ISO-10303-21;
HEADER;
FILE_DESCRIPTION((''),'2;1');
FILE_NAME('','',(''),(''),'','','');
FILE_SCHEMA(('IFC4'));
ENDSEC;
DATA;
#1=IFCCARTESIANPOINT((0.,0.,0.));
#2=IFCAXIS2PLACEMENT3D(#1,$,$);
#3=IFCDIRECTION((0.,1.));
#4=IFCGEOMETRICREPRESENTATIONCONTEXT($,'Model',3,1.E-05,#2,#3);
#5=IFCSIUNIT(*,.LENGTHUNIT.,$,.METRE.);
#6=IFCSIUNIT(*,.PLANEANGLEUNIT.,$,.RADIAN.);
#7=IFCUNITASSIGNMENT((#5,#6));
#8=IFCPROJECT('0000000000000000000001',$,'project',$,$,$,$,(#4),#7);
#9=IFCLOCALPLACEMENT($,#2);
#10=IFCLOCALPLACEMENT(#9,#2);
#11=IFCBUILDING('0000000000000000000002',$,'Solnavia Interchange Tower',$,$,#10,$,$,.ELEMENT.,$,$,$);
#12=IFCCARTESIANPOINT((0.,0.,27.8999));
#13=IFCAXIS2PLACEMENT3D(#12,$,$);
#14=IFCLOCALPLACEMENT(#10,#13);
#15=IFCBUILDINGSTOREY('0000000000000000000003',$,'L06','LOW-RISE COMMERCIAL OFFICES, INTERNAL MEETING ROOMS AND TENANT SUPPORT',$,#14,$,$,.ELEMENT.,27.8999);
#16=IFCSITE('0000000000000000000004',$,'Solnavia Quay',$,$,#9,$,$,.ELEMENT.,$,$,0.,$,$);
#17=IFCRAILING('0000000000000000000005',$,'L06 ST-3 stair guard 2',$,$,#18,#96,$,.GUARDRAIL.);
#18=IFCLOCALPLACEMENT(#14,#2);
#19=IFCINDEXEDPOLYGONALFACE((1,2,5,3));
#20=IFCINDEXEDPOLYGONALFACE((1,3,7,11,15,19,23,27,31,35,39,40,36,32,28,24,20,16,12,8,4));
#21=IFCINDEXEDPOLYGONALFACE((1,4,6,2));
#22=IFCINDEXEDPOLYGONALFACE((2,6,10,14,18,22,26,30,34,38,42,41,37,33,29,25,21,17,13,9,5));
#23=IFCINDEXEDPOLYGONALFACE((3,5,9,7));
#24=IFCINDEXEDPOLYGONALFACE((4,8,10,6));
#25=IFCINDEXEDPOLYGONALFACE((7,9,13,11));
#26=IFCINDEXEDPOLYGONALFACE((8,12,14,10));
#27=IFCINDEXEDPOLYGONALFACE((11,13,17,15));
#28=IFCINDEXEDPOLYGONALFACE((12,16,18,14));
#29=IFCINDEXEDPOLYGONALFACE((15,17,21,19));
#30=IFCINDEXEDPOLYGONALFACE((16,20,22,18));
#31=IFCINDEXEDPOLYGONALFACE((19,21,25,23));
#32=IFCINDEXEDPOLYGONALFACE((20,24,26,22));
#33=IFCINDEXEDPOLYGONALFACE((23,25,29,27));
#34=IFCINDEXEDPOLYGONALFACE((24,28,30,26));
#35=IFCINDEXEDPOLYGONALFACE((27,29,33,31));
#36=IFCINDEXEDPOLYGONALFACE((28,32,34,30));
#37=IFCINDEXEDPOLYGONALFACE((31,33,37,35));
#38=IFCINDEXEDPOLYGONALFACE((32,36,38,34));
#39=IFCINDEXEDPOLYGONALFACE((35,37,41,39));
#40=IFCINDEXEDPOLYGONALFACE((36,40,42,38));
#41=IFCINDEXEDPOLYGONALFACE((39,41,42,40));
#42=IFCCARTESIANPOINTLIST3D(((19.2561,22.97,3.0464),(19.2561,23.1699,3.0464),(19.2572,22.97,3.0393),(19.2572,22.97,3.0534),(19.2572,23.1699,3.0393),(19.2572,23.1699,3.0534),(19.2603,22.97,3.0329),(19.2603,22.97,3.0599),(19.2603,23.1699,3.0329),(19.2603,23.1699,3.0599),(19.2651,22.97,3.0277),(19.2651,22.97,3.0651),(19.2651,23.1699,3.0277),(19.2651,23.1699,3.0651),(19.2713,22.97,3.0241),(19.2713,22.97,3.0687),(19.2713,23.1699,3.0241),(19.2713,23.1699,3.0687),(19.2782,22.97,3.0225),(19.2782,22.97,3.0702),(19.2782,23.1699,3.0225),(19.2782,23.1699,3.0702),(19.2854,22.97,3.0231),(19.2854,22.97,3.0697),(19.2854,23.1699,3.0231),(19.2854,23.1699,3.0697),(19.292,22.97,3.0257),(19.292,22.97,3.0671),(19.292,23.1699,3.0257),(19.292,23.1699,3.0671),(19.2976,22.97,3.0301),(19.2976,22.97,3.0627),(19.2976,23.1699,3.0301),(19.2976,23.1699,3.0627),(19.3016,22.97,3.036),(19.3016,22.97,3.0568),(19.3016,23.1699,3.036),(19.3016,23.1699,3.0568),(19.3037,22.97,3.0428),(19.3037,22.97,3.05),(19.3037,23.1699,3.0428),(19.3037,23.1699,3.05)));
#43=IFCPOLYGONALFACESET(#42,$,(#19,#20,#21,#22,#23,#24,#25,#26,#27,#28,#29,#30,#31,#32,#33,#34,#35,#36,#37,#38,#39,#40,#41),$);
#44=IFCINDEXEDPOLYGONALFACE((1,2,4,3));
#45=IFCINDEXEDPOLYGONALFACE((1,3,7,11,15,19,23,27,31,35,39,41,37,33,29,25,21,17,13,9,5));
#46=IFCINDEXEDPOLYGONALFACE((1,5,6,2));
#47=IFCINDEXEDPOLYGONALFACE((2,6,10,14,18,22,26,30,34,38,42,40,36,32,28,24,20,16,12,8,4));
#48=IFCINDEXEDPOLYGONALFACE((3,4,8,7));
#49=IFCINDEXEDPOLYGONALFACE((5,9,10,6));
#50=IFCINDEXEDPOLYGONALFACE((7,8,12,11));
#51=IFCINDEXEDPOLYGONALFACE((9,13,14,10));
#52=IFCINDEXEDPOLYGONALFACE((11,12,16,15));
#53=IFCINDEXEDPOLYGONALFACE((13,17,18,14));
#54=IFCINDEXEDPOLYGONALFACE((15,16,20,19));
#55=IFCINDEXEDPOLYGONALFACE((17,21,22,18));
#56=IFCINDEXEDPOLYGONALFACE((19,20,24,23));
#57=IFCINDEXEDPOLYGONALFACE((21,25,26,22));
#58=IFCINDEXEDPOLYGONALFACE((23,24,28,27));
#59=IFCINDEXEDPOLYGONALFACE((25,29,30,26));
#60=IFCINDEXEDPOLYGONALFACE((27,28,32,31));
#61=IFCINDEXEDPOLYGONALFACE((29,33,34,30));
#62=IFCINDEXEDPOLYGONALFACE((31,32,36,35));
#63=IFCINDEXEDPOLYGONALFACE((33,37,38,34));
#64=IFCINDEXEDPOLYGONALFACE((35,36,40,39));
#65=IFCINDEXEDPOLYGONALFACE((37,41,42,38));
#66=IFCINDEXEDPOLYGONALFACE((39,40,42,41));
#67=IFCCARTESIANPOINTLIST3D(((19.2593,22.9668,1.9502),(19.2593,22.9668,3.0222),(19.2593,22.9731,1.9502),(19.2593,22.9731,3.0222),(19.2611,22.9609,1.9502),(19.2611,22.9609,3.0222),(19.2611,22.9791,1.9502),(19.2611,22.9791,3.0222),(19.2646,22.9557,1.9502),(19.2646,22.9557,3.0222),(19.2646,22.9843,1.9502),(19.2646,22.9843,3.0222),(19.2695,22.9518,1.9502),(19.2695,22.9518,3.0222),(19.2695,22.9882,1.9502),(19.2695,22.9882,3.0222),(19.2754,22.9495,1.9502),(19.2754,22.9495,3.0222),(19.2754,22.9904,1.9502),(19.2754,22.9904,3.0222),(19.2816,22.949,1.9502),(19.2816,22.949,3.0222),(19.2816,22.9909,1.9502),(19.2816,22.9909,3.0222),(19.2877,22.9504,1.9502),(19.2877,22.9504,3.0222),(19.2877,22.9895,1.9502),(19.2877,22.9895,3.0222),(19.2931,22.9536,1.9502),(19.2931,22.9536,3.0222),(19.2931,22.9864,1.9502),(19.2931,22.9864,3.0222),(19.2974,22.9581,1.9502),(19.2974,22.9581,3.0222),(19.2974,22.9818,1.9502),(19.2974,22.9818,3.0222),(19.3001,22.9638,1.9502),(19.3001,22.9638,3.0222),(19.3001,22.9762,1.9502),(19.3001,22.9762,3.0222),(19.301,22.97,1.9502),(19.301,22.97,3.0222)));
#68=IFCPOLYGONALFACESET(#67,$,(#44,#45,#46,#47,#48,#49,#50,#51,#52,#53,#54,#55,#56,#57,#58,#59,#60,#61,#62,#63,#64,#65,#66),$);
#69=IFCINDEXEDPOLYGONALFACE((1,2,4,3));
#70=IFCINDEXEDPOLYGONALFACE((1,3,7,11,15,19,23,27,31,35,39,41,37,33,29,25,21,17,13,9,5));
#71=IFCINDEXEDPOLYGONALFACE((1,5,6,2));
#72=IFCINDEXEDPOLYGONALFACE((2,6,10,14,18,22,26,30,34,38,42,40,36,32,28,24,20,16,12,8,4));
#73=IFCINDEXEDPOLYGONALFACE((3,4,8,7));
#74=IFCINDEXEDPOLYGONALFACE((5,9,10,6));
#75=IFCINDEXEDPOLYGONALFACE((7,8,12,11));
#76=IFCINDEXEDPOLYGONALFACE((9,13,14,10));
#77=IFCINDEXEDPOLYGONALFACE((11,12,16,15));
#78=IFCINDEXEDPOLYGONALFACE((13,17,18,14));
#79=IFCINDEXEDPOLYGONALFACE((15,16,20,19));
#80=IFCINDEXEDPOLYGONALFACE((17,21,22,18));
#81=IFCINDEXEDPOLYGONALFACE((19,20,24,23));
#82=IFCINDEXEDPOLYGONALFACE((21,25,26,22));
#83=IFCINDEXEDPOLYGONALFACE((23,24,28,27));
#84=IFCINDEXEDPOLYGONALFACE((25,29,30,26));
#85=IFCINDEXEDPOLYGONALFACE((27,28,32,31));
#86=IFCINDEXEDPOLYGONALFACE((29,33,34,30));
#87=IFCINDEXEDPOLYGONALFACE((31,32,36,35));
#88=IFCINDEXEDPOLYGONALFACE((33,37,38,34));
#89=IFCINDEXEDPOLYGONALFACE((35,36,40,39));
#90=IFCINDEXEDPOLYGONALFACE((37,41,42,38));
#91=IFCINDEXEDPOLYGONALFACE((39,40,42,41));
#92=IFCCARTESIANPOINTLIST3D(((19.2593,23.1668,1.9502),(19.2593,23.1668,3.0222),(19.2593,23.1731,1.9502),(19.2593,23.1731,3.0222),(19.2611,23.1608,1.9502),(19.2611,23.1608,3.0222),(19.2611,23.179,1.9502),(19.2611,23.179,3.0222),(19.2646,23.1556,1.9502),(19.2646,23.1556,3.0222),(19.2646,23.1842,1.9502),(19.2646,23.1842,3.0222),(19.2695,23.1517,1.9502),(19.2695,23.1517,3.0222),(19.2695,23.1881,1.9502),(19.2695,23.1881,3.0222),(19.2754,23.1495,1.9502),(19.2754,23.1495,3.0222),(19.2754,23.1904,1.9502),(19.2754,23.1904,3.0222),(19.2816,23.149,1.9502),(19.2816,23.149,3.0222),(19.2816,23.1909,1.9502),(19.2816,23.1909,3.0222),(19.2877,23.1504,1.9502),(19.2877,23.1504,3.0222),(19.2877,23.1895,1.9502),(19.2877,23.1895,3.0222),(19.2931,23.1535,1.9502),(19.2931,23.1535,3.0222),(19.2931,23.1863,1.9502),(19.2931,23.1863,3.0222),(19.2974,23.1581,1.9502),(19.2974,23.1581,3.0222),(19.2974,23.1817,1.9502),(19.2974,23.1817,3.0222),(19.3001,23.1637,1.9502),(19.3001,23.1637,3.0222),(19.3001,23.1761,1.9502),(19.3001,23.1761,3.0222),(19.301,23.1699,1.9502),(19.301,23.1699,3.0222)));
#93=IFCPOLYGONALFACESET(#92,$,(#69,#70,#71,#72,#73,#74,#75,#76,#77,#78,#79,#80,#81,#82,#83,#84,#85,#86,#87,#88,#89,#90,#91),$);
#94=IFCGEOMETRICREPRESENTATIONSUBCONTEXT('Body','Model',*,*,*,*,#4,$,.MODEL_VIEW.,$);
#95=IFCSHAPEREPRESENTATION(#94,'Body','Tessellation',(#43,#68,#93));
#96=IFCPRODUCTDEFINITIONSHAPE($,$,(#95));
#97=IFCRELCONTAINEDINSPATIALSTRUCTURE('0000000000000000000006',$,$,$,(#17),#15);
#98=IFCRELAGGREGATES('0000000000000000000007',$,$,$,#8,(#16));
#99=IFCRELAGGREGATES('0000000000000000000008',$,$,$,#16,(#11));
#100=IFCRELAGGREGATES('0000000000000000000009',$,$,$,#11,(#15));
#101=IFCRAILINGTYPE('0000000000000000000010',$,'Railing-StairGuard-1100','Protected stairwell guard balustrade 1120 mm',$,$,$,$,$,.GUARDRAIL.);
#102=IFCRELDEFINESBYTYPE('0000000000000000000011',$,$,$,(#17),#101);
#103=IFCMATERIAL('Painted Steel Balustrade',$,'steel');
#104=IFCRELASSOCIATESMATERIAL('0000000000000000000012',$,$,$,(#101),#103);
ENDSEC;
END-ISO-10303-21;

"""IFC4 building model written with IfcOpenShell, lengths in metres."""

from ifc_helpers import new_model, si_unit, direction, frame, origin, origin_2d, place, context, subcontext, project, spatial, circle, extrude, material, type_object, element, save


model = new_model("IFC4")

# Units and contexts
model_context = context("Model", 3, precision=1e-05, world=origin(), true_north=direction((0.0, 1.0)))
body_context = subcontext(model_context, "Body", "Model", "MODEL_VIEW")
ifc_project = project(units=[si_unit("LENGTHUNIT", "METRE"), si_unit("PLANEANGLEUNIT", "RADIAN")], contexts=[model_context])

# Site, building, storey
site_placement = place(None, origin())
site = spatial("IfcSite", under=ifc_project, at=site_placement, Name="Solnavia Quay", CompositionType="ELEMENT", RefElevation=0.0)
building_placement = place(site_placement, origin())
building = spatial("IfcBuilding", under=site, at=building_placement, Name="Solnavia Interchange Tower", CompositionType="ELEMENT")
storey_placement = place(building_placement, frame((0.0, 0.0, 27.8999)))
storey = spatial("IfcBuildingStorey", under=building, at=storey_placement, Name="L06", Description="LOW-RISE COMMERCIAL OFFICES, INTERNAL MEETING ROOMS AND TENANT SUPPORT", CompositionType="ELEMENT", Elevation=27.8999)

# Railing
ifc_material_1 = material(Name="Painted Steel Balustrade", Category="steel")
railing_type_1 = type_object("IfcRailingType", Name="Railing-StairGuard-1100", Description="Protected stairwell guard balustrade 1120 mm", PredefinedType="GUARDRAIL", material=ifc_material_1)
railing_1_placement = place(storey_placement, frame((19.28, 22.97, 1.9502)))
element("IfcRailing", 1, at=railing_1_placement, inside=storey, type_object=railing_type_1, Name="L06 ST-3 stair guard 2", PredefinedType="GUARDRAIL", context=body_context, shape_type="SweptSolid", body=[
    extrude(circle(Radius=0.0239, at=origin_2d()), frame((0.0, 0.0, 1.0962), z_axis=(0.0, 1.0, 0.0), x_axis=(-1.0, 0.0, 0.0)), (0.0, 0.0, 1.0), 0.2),
    extrude(circle(Radius=0.021, at=origin_2d()), origin(), (0.0, 0.0, 1.0), 1.072),
    extrude(circle(Radius=0.021, at=origin_2d()), frame((0.0, 0.2, 0.0)), (0.0, 0.0, 1.0), 1.072),
])

save(model, "model.ifc")
